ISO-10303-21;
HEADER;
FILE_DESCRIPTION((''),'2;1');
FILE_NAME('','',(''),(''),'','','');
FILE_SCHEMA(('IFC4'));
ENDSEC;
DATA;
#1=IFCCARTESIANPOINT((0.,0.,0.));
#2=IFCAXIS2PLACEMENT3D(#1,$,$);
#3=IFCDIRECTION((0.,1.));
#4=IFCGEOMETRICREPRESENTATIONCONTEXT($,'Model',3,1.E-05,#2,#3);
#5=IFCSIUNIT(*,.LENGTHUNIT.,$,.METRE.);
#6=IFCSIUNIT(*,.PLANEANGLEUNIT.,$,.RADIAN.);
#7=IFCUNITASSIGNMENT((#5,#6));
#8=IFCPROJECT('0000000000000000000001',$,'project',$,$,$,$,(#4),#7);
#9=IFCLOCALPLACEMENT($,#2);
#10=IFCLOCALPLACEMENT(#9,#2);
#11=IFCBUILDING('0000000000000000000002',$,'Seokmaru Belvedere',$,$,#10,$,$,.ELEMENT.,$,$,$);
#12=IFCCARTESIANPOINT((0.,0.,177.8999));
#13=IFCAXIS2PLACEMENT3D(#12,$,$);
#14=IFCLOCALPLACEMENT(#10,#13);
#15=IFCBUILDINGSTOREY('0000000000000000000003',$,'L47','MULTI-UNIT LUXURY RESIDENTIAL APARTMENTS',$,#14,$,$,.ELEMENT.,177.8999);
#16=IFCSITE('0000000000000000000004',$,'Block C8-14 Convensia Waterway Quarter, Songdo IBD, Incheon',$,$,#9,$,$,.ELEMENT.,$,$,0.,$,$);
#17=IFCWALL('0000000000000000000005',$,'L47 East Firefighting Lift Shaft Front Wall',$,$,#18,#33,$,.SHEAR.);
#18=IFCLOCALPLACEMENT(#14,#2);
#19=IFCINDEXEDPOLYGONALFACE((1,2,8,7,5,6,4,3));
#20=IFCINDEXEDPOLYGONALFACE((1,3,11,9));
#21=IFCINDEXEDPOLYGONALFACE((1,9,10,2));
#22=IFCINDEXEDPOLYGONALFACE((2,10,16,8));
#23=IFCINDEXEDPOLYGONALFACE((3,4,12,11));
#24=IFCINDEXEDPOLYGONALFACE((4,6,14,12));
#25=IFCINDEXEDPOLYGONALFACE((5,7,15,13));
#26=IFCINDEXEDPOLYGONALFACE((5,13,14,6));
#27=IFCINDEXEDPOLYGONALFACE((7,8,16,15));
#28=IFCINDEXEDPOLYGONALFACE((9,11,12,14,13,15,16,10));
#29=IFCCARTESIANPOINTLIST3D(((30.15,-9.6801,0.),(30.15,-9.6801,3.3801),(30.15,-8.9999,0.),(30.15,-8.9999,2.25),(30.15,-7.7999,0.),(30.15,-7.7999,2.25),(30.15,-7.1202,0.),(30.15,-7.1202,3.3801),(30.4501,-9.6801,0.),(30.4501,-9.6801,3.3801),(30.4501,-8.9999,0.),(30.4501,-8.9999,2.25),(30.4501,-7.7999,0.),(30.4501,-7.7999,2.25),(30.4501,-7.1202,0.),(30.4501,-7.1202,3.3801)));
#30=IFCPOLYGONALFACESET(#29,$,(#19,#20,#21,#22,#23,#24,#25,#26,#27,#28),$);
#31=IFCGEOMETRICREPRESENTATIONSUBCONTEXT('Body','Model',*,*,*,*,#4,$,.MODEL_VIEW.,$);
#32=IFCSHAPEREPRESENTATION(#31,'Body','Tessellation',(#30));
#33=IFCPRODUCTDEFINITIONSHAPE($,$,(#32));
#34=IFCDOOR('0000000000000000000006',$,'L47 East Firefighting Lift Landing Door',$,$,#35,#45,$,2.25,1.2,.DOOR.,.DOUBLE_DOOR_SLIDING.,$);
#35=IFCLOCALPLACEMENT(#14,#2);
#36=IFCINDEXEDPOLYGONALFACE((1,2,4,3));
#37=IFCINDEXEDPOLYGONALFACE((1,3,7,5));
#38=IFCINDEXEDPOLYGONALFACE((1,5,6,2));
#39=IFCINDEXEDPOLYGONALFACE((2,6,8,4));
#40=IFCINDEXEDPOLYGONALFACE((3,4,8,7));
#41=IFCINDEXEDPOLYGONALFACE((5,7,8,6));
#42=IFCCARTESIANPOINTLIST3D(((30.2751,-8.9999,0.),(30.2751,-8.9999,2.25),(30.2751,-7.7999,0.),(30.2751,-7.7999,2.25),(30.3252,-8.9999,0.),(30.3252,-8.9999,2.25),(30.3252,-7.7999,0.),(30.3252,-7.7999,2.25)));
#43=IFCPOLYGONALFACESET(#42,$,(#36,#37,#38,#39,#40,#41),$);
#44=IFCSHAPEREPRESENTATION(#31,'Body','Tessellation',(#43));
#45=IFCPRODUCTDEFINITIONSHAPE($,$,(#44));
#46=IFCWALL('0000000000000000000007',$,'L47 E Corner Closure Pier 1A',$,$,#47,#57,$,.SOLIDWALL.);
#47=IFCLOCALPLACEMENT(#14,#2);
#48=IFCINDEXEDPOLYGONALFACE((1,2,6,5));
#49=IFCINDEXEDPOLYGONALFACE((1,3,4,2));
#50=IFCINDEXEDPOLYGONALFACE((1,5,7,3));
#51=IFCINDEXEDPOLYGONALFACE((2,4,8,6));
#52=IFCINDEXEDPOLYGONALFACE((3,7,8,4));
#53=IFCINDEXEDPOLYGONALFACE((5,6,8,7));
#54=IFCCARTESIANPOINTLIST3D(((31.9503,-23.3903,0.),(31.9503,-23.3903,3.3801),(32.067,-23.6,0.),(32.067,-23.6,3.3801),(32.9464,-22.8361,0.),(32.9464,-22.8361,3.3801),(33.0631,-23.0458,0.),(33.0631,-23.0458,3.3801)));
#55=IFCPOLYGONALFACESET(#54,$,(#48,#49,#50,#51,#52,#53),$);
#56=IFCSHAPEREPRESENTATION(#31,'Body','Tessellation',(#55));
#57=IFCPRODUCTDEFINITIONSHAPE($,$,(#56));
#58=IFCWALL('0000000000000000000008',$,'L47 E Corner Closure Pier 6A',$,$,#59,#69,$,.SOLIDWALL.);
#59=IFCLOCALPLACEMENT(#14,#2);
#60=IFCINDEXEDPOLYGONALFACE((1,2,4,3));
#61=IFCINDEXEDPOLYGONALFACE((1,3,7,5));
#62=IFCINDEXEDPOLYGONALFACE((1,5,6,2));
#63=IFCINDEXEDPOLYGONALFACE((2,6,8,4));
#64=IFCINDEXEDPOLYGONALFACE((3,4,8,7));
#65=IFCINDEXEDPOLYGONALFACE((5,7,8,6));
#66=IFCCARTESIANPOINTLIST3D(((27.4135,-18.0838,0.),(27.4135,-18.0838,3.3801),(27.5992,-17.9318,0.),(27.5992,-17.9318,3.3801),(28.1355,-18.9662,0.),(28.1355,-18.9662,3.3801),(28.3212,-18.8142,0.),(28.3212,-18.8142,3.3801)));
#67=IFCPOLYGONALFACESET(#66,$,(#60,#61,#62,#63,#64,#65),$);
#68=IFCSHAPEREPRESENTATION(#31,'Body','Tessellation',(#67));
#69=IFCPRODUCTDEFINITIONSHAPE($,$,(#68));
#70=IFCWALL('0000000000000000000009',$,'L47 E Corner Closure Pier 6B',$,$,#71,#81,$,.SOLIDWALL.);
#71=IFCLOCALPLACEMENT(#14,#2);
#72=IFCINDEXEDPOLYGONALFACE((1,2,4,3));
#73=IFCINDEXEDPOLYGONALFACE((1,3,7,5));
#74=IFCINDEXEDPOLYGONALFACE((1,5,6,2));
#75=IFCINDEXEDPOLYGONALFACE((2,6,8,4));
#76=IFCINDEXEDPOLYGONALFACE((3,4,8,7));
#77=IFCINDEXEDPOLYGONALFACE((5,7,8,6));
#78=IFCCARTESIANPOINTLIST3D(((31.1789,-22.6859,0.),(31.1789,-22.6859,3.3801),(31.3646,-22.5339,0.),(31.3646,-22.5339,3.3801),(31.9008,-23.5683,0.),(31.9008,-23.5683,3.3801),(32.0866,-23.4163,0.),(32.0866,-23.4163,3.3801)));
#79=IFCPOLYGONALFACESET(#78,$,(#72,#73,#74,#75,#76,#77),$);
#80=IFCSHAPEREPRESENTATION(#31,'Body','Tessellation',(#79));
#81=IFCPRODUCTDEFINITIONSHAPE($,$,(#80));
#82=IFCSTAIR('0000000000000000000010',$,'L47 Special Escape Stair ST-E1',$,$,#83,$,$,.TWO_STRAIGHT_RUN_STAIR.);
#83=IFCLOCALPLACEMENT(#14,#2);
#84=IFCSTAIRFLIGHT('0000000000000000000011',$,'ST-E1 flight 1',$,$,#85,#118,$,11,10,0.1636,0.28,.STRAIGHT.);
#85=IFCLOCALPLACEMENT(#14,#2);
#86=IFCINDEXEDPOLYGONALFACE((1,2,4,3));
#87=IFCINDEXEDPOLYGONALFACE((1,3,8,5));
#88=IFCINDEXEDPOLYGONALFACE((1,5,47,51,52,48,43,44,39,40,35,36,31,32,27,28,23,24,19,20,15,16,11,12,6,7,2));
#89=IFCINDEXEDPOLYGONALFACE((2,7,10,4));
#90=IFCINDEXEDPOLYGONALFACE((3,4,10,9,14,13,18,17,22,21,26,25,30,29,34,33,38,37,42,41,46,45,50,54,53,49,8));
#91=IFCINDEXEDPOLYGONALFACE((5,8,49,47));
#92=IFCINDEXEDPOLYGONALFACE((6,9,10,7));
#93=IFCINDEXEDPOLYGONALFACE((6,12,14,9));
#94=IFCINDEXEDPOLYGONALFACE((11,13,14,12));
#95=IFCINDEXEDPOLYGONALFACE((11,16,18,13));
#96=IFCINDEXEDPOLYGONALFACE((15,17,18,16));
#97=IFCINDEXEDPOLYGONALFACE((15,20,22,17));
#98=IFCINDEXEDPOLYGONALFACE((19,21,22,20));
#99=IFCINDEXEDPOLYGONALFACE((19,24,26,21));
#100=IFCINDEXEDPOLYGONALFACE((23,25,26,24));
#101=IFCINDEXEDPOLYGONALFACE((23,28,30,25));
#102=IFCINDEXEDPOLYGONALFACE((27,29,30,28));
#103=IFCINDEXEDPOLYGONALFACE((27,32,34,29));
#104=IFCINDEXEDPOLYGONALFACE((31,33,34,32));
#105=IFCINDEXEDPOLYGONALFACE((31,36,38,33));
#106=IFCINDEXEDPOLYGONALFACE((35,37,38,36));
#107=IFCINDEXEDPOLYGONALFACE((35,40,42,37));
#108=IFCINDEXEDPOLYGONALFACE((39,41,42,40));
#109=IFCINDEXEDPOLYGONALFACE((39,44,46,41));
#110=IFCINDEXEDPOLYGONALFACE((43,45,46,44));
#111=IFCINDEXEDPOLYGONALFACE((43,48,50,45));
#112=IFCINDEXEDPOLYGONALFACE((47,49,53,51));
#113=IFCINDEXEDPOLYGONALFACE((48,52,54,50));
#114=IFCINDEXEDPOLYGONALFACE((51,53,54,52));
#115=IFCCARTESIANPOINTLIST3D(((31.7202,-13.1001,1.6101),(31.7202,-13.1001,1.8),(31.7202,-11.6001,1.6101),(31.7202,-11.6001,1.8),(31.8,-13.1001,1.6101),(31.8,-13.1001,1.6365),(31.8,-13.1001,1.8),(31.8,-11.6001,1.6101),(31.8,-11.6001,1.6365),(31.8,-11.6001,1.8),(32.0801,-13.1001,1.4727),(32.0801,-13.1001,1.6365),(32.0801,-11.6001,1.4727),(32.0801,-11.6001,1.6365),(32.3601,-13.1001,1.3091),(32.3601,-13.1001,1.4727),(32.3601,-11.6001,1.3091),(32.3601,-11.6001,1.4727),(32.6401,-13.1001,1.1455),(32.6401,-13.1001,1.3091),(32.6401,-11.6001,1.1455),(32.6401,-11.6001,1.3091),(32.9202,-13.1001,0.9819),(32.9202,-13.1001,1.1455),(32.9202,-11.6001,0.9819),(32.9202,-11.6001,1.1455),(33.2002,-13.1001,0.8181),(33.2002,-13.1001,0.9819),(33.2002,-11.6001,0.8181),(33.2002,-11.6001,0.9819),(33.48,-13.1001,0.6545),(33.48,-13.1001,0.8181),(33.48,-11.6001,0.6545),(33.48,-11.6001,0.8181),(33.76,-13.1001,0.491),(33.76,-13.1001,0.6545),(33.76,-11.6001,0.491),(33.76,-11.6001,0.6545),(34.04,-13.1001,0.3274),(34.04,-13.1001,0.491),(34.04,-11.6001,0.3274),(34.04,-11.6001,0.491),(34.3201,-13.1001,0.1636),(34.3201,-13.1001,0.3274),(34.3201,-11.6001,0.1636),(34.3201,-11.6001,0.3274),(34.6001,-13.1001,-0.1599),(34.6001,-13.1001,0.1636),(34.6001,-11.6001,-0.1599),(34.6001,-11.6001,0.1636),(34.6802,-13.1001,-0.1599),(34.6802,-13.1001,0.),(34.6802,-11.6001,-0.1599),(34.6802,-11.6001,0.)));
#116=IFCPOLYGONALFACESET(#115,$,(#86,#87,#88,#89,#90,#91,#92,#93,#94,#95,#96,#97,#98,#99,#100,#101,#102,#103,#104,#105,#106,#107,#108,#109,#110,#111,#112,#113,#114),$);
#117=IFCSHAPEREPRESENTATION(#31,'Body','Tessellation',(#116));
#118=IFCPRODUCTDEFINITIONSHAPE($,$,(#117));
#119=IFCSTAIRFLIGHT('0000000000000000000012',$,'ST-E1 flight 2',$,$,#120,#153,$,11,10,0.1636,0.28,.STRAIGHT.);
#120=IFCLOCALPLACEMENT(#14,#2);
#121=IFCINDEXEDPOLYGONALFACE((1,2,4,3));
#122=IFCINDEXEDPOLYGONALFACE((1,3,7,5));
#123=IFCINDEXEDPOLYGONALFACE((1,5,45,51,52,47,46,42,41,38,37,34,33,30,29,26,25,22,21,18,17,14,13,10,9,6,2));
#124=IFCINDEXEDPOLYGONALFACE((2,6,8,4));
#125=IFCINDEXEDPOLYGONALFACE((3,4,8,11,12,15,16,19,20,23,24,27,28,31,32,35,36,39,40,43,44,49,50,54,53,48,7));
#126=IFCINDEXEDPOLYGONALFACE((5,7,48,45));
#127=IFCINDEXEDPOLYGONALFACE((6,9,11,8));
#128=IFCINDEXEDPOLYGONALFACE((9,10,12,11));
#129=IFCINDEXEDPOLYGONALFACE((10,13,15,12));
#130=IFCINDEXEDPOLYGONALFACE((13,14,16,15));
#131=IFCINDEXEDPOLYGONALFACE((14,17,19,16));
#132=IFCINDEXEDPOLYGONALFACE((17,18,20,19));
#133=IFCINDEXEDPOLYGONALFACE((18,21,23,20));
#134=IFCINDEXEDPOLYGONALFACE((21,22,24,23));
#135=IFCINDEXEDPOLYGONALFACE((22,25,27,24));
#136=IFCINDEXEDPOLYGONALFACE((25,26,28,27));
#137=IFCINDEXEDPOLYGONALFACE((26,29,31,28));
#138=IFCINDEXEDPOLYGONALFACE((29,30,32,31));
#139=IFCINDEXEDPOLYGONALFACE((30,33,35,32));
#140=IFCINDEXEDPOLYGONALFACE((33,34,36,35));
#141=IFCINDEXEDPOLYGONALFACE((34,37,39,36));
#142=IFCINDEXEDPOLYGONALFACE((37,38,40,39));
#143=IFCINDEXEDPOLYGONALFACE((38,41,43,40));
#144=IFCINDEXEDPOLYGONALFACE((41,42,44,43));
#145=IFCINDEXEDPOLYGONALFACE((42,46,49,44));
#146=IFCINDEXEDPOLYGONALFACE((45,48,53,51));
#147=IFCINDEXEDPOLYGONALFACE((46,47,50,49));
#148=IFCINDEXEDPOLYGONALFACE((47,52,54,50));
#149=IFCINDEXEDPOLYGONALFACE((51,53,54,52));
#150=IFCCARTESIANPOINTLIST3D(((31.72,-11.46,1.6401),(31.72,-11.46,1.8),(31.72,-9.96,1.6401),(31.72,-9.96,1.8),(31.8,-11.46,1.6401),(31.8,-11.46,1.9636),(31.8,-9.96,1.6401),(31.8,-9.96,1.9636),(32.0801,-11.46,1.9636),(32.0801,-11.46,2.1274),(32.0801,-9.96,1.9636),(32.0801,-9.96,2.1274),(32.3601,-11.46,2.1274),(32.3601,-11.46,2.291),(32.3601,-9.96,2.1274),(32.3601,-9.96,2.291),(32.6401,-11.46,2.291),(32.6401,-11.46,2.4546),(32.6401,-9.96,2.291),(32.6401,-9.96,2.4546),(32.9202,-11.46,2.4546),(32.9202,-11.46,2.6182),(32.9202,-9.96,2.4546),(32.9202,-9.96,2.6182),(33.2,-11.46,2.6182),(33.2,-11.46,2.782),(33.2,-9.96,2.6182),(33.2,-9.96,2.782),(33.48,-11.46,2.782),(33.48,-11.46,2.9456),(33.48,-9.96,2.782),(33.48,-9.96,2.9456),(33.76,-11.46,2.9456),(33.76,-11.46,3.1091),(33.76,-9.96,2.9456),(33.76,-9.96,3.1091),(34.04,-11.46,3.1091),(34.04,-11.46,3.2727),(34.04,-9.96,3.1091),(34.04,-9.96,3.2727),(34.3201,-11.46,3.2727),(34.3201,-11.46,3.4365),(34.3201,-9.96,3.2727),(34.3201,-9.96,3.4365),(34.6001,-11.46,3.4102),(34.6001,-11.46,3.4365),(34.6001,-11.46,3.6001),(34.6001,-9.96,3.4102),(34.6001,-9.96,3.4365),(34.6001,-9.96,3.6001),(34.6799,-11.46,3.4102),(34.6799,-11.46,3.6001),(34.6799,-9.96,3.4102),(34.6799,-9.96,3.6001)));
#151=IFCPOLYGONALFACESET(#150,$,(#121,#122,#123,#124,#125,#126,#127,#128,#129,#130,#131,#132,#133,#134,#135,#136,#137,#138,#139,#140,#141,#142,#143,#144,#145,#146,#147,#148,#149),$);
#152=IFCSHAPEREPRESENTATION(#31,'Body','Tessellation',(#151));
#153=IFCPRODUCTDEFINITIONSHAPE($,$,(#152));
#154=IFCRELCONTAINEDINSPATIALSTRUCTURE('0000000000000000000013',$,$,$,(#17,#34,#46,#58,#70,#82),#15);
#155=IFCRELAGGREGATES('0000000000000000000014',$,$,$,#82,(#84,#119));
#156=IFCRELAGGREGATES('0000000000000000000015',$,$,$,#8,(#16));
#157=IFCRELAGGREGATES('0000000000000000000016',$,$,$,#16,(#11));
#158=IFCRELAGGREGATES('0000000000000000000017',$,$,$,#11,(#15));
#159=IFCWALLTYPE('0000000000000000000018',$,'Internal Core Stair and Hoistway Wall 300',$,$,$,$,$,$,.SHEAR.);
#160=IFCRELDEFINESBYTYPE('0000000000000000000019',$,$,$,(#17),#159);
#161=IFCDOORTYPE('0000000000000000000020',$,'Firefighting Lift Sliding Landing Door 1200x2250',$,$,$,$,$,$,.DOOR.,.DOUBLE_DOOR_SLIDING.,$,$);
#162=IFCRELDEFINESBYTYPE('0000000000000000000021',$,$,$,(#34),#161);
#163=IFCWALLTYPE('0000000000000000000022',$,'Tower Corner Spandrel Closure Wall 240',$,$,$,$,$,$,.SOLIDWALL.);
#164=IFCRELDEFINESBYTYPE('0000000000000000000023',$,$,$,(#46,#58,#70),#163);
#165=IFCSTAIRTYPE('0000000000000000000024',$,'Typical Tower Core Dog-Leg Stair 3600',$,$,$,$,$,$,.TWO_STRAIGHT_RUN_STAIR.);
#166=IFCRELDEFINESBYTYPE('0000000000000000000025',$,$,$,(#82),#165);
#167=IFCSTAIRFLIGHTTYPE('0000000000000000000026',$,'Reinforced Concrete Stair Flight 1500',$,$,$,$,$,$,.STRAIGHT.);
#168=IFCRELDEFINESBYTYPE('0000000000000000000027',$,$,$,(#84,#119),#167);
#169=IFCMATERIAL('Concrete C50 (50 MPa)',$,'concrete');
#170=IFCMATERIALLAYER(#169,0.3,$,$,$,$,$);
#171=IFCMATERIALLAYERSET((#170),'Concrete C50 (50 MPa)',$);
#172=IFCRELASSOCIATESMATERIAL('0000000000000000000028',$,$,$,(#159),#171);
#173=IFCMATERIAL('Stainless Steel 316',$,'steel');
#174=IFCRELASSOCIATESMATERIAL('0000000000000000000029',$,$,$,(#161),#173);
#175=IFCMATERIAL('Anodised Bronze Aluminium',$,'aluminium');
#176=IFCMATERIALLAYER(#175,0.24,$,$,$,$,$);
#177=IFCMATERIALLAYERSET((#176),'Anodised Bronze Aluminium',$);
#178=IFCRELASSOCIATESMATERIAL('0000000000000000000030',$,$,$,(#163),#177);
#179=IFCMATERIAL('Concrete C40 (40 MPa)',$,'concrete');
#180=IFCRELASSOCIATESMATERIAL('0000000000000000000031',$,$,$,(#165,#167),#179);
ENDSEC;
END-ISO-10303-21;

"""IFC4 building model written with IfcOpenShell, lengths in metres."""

from ifc_helpers import new_model, si_unit, direction, frame, frame_2d, origin, place, context, subcontext, project, spatial, polyline, rectangle, outline, extrude, source, transform, mapped, material, layer, layer_set, type_object, type_shapes, element, fill, aggregate, save


model = new_model("IFC4")

# Units and contexts
model_context = context("Model", 3, precision=1e-05, world=origin(), true_north=direction((0.0, 1.0)))
body_context = subcontext(model_context, "Body", "Model", "MODEL_VIEW")
ifc_project = project(units=[si_unit("LENGTHUNIT", "METRE"), si_unit("PLANEANGLEUNIT", "RADIAN")], contexts=[model_context])

# Site, building, storey
site_placement = place(None, origin())
site = spatial("IfcSite", under=ifc_project, at=site_placement, Name="Block C8-14 Convensia Waterway Quarter, Songdo IBD, Incheon", CompositionType="ELEMENT", RefElevation=0.0)
building_placement = place(site_placement, origin())
building = spatial("IfcBuilding", under=site, at=building_placement, Name="Seokmaru Belvedere", CompositionType="ELEMENT")
storey_placement = place(building_placement, frame((0.0, 0.0, 177.8999)))
storey = spatial("IfcBuildingStorey", under=building, at=storey_placement, Name="L47", Description="MULTI-UNIT LUXURY RESIDENTIAL APARTMENTS", CompositionType="ELEMENT", Elevation=177.8999)

# Shared definitions
ifc_material_1 = material(Name="Anodised Bronze Aluminium", Category="aluminium")

# Wall, opening, door
ifc_material_2 = material(Name="Concrete C50 (50 MPa)", Category="concrete")
ifc_layer_1 = layer(ifc_material_2, 0.3)
ifc_layer_set_1 = layer_set([ifc_layer_1], Name="Concrete C50 (50 MPa)")
wall_type_1 = type_object("IfcWallType", Name="Internal Core Stair and Hoistway Wall 300", PredefinedType="SHEAR", material=ifc_layer_set_1)
wall_1_placement = place(storey_placement, frame((30.3, -9.6799, 0.0), z_axis=(0.0, 0.0, 1.0), x_axis=(0.0, 1.0, 0.0)))
wall_1 = element("IfcWall", 1, at=wall_1_placement, inside=storey, type_object=wall_type_1, Name="L47 East Firefighting Lift Shaft Front Wall", PredefinedType="SHEAR", context=body_context, shape_type="SweptSolid", body=[
    extrude(rectangle(XDim=2.5598, YDim=0.3, at=frame_2d((1.2798, 0.0))), origin(), (0.0, 0.0, 1.0), 3.3801),
])
opening_1_placement = place(wall_1_placement, frame((0.6799, 0.0, 0.0)))
opening_1 = element("IfcOpeningElement", 2, at=opening_1_placement, cuts=wall_1, PredefinedType="OPENING", context=body_context, shape_type="SweptSolid", body=[
    extrude(rectangle(XDim=1.2, YDim=2.25, at=frame_2d((0.6001, 1.125))), frame((0.0, 0.1602, 0.0), z_axis=(0.0, -1.0, 0.0), x_axis=(1.0, 0.0, 0.0)), (0.0, 0.0, 1.0), 0.3201),
])
ifc_material_3 = material(Name="Stainless Steel 316", Category="steel")
door_type_1 = type_object("IfcDoorType", Name="Firefighting Lift Sliding Landing Door 1200x2250", OperationType="DOUBLE_DOOR_SLIDING", PredefinedType="DOOR", material=ifc_material_3)
shared_shape_1 = source(origin(), body_context, "Body", "SweptSolid", [
    extrude(rectangle(XDim=1.2, YDim=2.25, at=frame_2d((0.6001, 1.125))), frame((0.0, 0.0249, 0.0), z_axis=(0.0, -1.0, 0.0), x_axis=(1.0, 0.0, 0.0)), (0.0, 0.0, 1.0), 0.05),
])
type_shapes(door_type_1, [shared_shape_1])
door_1_placement = place(opening_1_placement, origin())
door_1 = element("IfcDoor", 3, at=door_1_placement, inside=storey, type_object=door_type_1, Name="L47 East Firefighting Lift Landing Door", OperationType="DOUBLE_DOOR_SLIDING", OverallHeight=2.25, OverallWidth=1.2, PredefinedType="DOOR", context=body_context, shape_type="MappedRepresentation", body=[
    mapped(shared_shape_1, transform((0.0, 0.0, 0.0), scale=1.0)),
])
fill(opening_1, door_1)

# Walls
ifc_layer_2 = layer(ifc_material_1, 0.24)
ifc_layer_set_2 = layer_set([ifc_layer_2], Name="Anodised Bronze Aluminium")
wall_type_2 = type_object("IfcWallType", Name="Tower Corner Spandrel Closure Wall 240", PredefinedType="SOLIDWALL", material=ifc_layer_set_2)
wall_2_placement = place(storey_placement, frame((32.0088, -23.4951, 0.0), z_axis=(0.0, 0.0, 1.0), x_axis=(0.873854, 0.486188, 0.0)))
element("IfcWall", 4, at=wall_2_placement, inside=storey, type_object=wall_type_2, Name="L47 E Corner Closure Pier 1A", PredefinedType="SOLIDWALL", context=body_context, shape_type="SweptSolid", body=[
    extrude(rectangle(XDim=1.1399, YDim=0.24, at=frame_2d((0.5698, 0.0))), origin(), (0.0, 0.0, 1.0), 3.3801),
])
for number, where, z_axis, x_axis, name in (
    (5, (27.5063, -18.0078, 0.0), (0.0, 0.0, 1.0), (0.633249, -0.773948, 0.0), "L47 E Corner Closure Pier 6A"),
    (6, (31.2717, -22.6099, 0.0), (0.0, 0.0, 1.0), (0.633249, -0.773948, 0.0), "L47 E Corner Closure Pier 6B"),
):
    element("IfcWall", number, at=place(storey_placement, frame(where, z_axis=z_axis, x_axis=x_axis)), inside=storey, type_object=wall_type_2, Name=name, PredefinedType="SOLIDWALL", context=body_context, shape_type="SweptSolid", body=[
        extrude(rectangle(XDim=1.1401, YDim=0.24, at=frame_2d((0.5701, 0.0))), origin(), (0.0, 0.0, 1.0), 3.3801),
    ])

# Stair, stair flights
ifc_material_4 = material(Name="Concrete C40 (40 MPa)", Category="concrete")
stair_type = type_object("IfcStairType", Name="Typical Tower Core Dog-Leg Stair 3600", PredefinedType="TWO_STRAIGHT_RUN_STAIR", material=ifc_material_4)
stair_placement = place(storey_placement, origin())
stair = element("IfcStair", 7, at=stair_placement, inside=storey, type_object=stair_type, Name="L47 Special Escape Stair ST-E1", PredefinedType="TWO_STRAIGHT_RUN_STAIR")
stair_flight_type = type_object("IfcStairFlightType", Name="Reinforced Concrete Stair Flight 1500", PredefinedType="STRAIGHT", material=ifc_material_4)
stair_flight_1_placement = place(storey_placement, frame((34.6001, -12.3501, 0.0), z_axis=(0.0, 0.0, 1.0), x_axis=(-1.0, 0.0, 0.0)))
stair_flight_1 = element("IfcStairFlight", 8, at=stair_flight_1_placement, type_object=stair_flight_type, Name="ST-E1 flight 1", NumberOfRisers=11, NumberOfTreads=10, PredefinedType="STRAIGHT", RiserHeight=0.1636, TreadLength=0.28, context=body_context, shape_type="SweptSolid", body=[
    extrude(outline(polyline([(-0.0801, 0.0), (0.0, 0.1636), (0.28, 0.1636), (0.28, 0.3274), (0.5601, 0.3274), (0.5601, 0.491), (0.8401, 0.491), (0.8401, 0.6545), (1.1201, 0.6545), (1.1201, 0.8181), (1.3999, 0.8181), (1.3999, 0.9819), (1.6799, 0.9819), (1.6799, 1.1455), (1.96, 1.1455), (1.96, 1.3091), (2.24, 1.3091), (2.24, 1.4727), (2.52, 1.4727), (2.52, 1.6365), (2.8, 1.6365), (2.8, 1.8), (2.8799, 1.8), (2.8799, 1.6101), (2.8, 1.6101), (0.0, -0.1599), (-0.0801, -0.1599), (-0.0801, 0.0)])), frame((0.0, 0.75, 0.0), z_axis=(0.0, -1.0, 0.0), x_axis=(1.0, 0.0, 0.0)), (0.0, 0.0, 1.0), 1.5),
])
stair_flight_2_placement = place(storey_placement, frame((31.8, -10.71, 1.8), z_axis=(0.0, 0.0, 1.0), x_axis=(1.0, 0.0, 0.0)))
stair_flight_2 = element("IfcStairFlight", 9, at=stair_flight_2_placement, type_object=stair_flight_type, Name="ST-E1 flight 2", NumberOfRisers=11, NumberOfTreads=10, PredefinedType="STRAIGHT", RiserHeight=0.1636, TreadLength=0.28, context=body_context, shape_type="SweptSolid", body=[
    extrude(outline(polyline([(-0.0801, 0.0), (0.0, 0.1636), (0.28, 0.1636), (0.28, 0.3274), (0.5601, 0.3274), (0.5601, 0.491), (0.8401, 0.491), (0.8401, 0.6545), (1.1201, 0.6545), (1.1201, 0.8181), (1.3999, 0.8181), (1.3999, 0.9819), (1.6799, 0.9819), (1.6799, 1.1455), (1.96, 1.1455), (1.96, 1.3091), (2.24, 1.3091), (2.24, 1.4727), (2.52, 1.4727), (2.52, 1.6365), (2.8, 1.6365), (2.8, 1.8), (2.8799, 1.8), (2.8799, 1.6101), (2.8, 1.6101), (0.0, -0.1599), (-0.0801, -0.1599), (-0.0801, 0.0)])), frame((0.0, 0.75, 0.0), z_axis=(0.0, -1.0, 0.0), x_axis=(1.0, 0.0, 0.0)), (0.0, 0.0, 1.0), 1.5),
])
aggregate(stair, [stair_flight_1, stair_flight_2])

save(model, "model.ifc")
